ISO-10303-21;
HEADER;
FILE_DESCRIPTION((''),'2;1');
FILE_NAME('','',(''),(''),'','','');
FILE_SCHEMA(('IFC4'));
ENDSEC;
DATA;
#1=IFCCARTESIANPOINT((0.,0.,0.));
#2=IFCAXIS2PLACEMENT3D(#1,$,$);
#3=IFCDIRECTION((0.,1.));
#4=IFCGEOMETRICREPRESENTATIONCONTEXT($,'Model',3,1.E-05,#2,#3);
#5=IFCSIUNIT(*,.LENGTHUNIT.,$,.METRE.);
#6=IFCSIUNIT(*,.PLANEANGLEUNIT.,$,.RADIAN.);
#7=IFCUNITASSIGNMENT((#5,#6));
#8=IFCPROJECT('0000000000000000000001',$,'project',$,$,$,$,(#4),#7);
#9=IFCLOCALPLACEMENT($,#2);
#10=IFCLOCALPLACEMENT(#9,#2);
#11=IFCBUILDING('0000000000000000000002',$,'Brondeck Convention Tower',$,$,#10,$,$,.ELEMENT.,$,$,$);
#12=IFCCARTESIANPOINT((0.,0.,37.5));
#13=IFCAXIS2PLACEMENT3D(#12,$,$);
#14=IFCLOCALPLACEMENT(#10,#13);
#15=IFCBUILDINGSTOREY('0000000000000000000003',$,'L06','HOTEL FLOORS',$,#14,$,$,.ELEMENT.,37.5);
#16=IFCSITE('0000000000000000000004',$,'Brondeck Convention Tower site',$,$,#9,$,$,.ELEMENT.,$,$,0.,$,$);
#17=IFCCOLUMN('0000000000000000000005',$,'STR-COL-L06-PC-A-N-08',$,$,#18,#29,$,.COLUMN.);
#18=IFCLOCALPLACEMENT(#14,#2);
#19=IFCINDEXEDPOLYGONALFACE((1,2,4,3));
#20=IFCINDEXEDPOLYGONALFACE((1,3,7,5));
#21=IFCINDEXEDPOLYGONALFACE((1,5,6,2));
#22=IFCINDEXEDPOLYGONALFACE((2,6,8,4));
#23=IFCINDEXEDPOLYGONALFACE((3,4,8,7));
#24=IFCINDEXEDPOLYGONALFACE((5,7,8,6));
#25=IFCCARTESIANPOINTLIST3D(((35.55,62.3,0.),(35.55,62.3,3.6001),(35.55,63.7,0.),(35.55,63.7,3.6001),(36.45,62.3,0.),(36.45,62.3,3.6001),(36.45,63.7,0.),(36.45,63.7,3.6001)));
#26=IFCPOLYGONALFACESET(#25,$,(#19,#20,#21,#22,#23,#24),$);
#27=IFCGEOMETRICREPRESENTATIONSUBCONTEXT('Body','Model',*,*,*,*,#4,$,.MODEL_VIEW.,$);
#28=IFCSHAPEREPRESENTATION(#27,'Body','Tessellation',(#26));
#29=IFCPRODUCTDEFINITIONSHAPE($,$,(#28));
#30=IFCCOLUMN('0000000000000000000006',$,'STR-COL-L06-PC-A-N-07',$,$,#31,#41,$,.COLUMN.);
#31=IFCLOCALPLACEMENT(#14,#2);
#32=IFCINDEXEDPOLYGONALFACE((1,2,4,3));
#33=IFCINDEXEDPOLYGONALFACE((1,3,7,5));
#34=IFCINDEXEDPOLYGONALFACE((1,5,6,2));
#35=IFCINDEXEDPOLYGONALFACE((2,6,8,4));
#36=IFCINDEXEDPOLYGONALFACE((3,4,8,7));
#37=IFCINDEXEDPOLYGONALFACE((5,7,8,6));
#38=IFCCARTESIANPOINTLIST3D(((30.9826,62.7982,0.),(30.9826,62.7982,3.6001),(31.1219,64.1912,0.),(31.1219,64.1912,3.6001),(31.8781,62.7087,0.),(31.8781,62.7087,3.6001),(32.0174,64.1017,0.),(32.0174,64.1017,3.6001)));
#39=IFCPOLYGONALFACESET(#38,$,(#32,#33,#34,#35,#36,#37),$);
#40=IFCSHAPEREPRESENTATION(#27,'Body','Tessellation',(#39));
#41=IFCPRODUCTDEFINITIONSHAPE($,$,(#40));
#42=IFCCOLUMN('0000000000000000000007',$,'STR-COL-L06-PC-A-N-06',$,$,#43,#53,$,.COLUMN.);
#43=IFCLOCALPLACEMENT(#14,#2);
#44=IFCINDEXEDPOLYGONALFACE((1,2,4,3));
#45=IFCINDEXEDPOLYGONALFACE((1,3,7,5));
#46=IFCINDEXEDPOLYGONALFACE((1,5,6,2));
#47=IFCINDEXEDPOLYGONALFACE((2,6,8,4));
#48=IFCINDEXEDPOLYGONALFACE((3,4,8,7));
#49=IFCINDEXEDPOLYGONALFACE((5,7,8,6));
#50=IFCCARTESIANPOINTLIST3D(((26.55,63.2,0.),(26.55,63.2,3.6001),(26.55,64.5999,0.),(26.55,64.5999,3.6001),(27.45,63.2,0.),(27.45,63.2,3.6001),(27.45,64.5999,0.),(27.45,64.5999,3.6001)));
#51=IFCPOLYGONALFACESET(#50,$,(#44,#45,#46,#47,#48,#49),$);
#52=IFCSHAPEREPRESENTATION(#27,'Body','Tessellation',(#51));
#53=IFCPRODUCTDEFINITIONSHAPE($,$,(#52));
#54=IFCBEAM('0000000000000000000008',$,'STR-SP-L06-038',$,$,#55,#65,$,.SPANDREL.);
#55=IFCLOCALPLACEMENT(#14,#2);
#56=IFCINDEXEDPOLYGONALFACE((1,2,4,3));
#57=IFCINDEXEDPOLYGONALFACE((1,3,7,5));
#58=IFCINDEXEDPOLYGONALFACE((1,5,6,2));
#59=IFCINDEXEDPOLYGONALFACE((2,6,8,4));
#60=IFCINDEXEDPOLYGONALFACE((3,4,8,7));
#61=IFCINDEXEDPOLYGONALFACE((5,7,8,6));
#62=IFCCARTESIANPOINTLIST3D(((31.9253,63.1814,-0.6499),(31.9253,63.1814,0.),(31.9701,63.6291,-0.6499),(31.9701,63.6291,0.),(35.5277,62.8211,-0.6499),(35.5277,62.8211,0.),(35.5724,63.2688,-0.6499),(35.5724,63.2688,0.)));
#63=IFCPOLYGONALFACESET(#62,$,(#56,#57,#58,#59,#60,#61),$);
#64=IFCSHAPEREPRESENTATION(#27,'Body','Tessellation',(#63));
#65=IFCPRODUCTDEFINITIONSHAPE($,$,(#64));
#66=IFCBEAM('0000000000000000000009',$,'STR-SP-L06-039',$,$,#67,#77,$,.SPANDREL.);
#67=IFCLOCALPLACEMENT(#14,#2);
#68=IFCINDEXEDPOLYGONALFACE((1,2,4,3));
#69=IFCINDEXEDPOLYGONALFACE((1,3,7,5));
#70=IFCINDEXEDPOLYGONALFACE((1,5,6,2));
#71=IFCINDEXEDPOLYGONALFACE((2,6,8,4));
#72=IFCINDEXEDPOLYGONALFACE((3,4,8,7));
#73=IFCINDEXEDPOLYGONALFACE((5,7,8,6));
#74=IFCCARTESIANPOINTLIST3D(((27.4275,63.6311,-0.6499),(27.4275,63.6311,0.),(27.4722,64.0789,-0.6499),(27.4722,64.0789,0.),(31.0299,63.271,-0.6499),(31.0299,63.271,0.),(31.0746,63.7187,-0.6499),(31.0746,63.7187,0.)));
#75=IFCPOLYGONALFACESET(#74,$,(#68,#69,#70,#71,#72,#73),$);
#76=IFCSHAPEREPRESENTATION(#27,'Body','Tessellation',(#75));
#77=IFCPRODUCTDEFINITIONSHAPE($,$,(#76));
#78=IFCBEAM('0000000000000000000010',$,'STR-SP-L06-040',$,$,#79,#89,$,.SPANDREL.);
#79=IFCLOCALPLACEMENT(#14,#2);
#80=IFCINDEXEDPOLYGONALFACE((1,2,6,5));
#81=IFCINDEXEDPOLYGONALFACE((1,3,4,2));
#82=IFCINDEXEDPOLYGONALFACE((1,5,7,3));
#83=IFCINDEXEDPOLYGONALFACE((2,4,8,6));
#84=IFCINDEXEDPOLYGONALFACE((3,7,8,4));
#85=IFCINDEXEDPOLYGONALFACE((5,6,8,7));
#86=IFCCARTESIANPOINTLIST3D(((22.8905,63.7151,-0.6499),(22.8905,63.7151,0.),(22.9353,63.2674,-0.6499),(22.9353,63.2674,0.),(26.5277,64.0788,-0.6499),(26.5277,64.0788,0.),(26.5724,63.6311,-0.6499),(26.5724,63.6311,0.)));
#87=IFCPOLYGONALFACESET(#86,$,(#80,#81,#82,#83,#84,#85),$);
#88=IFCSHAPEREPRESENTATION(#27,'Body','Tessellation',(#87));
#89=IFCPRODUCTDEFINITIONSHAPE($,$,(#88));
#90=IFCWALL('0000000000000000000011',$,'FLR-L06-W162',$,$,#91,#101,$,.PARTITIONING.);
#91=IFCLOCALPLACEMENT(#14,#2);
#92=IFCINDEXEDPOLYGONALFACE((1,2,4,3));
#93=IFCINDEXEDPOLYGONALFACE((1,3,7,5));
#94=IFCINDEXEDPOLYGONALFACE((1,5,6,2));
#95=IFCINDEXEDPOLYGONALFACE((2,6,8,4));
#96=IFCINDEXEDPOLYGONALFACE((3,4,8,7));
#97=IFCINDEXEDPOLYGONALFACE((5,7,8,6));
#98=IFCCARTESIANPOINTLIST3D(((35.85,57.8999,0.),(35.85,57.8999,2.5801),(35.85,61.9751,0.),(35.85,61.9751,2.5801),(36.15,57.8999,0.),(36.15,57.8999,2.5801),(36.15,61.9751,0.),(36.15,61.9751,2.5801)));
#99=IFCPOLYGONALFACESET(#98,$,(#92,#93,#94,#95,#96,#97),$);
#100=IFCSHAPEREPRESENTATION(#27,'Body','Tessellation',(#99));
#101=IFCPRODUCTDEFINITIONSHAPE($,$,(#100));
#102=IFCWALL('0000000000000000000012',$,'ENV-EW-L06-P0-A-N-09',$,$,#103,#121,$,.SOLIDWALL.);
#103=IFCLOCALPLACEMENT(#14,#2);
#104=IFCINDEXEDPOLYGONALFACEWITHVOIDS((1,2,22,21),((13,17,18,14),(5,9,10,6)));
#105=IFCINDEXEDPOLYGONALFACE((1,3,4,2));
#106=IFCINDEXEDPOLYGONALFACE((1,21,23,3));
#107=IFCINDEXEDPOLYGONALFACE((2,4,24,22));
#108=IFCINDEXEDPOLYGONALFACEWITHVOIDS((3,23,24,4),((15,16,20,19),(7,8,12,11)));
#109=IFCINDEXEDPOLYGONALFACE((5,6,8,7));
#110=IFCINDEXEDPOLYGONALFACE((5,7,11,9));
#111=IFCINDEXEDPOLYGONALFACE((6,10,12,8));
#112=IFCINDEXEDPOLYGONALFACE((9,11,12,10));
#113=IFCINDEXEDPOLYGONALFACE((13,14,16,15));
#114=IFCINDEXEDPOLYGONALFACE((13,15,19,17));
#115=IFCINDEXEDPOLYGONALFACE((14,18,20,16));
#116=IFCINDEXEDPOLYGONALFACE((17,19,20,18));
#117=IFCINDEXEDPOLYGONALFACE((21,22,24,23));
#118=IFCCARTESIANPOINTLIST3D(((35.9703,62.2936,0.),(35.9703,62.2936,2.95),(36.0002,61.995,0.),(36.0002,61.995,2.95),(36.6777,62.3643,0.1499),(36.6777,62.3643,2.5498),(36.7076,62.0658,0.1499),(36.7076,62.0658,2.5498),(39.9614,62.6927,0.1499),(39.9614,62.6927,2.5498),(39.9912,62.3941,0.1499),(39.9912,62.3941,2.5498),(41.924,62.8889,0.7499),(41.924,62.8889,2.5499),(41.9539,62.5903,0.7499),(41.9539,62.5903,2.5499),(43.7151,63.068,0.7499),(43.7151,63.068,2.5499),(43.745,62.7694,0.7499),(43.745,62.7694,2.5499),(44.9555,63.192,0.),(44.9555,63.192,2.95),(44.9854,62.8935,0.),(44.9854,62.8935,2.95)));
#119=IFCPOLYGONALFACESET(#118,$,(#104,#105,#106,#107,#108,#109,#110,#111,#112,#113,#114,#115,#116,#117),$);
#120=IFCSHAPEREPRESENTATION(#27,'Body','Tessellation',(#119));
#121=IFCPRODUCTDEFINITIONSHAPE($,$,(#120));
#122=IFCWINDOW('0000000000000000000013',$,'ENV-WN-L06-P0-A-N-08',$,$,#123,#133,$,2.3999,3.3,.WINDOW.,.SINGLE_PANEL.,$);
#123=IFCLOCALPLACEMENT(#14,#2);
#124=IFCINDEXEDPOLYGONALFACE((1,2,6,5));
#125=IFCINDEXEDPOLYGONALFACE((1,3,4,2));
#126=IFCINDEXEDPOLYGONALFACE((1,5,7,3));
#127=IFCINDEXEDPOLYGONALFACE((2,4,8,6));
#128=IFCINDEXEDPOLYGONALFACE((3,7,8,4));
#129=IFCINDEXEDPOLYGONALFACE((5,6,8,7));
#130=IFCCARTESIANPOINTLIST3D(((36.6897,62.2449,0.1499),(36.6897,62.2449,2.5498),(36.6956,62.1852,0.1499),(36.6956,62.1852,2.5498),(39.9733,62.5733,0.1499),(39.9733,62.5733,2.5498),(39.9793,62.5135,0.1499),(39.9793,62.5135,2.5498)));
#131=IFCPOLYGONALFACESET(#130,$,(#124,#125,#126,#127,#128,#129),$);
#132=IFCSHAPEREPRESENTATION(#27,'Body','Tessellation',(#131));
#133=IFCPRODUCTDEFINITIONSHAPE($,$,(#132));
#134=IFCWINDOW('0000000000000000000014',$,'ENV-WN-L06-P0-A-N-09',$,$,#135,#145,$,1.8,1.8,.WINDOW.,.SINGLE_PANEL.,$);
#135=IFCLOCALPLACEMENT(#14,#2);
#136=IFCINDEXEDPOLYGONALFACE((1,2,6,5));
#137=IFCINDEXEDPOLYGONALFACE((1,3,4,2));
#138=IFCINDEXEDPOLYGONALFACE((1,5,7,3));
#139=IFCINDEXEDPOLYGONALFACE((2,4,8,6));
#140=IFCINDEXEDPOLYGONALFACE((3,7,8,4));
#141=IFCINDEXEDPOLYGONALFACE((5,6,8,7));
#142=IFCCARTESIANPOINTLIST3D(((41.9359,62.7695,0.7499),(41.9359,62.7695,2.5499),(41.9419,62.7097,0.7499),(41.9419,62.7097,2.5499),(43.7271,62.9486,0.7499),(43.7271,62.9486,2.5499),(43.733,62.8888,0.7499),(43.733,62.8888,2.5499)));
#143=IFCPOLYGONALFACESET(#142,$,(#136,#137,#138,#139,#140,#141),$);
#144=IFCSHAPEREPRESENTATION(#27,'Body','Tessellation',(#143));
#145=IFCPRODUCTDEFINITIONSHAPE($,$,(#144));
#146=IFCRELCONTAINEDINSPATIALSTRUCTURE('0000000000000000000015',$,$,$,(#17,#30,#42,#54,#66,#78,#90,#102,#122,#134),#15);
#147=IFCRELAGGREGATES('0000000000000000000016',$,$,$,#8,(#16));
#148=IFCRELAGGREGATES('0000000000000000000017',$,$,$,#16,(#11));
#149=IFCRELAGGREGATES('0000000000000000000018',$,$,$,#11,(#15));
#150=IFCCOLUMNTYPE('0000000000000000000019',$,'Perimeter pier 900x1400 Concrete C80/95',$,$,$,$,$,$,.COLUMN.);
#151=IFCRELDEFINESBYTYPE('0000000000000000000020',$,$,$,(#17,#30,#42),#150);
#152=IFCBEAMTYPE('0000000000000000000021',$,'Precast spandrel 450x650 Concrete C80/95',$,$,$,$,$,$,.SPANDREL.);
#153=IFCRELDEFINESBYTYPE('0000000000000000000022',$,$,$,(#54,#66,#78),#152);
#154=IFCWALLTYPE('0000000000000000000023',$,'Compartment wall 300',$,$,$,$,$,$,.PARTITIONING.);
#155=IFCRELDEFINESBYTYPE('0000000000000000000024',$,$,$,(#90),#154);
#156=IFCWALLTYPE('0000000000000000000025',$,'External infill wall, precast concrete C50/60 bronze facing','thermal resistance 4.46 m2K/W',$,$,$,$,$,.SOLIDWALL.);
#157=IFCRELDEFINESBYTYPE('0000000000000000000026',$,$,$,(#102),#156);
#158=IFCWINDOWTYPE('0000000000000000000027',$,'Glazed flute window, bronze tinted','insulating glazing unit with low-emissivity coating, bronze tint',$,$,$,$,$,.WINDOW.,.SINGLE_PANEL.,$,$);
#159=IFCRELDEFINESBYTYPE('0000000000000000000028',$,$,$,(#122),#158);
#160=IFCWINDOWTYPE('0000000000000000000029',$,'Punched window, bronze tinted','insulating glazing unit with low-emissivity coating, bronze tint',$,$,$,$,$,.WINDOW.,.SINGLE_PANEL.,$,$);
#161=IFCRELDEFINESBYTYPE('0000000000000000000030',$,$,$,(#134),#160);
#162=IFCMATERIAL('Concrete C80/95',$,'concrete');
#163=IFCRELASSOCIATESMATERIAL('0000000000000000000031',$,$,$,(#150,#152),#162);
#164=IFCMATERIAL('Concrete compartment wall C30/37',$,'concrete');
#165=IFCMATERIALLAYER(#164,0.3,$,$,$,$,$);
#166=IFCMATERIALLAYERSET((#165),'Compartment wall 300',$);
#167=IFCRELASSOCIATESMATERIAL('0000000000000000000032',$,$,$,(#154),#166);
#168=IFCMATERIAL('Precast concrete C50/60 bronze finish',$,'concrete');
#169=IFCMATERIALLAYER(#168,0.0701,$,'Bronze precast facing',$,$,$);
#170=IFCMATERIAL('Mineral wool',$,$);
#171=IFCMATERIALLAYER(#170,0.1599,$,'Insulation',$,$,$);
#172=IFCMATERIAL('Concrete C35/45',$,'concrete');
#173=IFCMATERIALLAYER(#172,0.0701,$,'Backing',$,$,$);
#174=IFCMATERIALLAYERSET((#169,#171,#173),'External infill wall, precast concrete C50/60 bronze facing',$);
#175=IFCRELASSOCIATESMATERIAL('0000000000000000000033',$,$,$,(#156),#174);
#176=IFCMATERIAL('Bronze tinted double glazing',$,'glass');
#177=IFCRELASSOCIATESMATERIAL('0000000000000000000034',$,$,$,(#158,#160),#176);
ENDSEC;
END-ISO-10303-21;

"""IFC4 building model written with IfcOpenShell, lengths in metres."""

from ifc_helpers import new_model, si_unit, direction, frame, frame_2d, origin, origin_2d, place, context, subcontext, project, spatial, rectangle, extrude, material, layer, layer_set, material_profile, profile_set, type_object, element, fill, save


model = new_model("IFC4")

# Units and contexts
model_context = context("Model", 3, precision=1e-05, world=origin(), true_north=direction((0.0, 1.0)))
body_context = subcontext(model_context, "Body", "Model", "MODEL_VIEW")
ifc_project = project(units=[si_unit("LENGTHUNIT", "METRE"), si_unit("PLANEANGLEUNIT", "RADIAN")], contexts=[model_context])

# Site, building, storey
site_placement = place(None, origin())
site = spatial("IfcSite", under=ifc_project, at=site_placement, Name="Brondeck Convention Tower site", CompositionType="ELEMENT", RefElevation=0.0)
building_placement = place(site_placement, origin())
building = spatial("IfcBuilding", under=site, at=building_placement, Name="Brondeck Convention Tower", CompositionType="ELEMENT")
storey_placement = place(building_placement, frame((0.0, 0.0, 37.5)))
storey = spatial("IfcBuildingStorey", under=building, at=storey_placement, Name="L06", Description="HOTEL FLOORS", CompositionType="ELEMENT", Elevation=37.5)

# Columns
ifc_material_1 = material(Name="Concrete C80/95", Category="concrete")
ifc_material_profile_1 = material_profile(ifc_material_1, rectangle(XDim=0.8999, YDim=1.3999, at=origin_2d()), Name="Perimeter pier 900x1400 Concrete C80/95")
ifc_profile_set_1 = profile_set([ifc_material_profile_1], Name="Concrete C80/95")
column_type = type_object("IfcColumnType", Name="Perimeter pier 900x1400 Concrete C80/95", PredefinedType="COLUMN", material=ifc_profile_set_1)
for number, where, z_axis, x_axis, name in (
    (1, (36.0, 63.0, 0.0), (0.0, 0.0, 1.0), (-1.0, 0.0, 0.0), "STR-COL-L06-PC-A-N-08"),
    (2, (31.5, 63.45, 0.0), (0.0, 0.0, 1.0), (-0.995037, 0.099504, 0.0), "STR-COL-L06-PC-A-N-07"),
    (3, (27.0, 63.8999, 0.0), (0.0, 0.0, 1.0), (-1.0, 0.0, 0.0), "STR-COL-L06-PC-A-N-06"),
):
    element("IfcColumn", number, at=place(storey_placement, frame(where, z_axis=z_axis, x_axis=x_axis)), inside=storey, type_object=column_type, Name=name, PredefinedType="COLUMN", context=body_context, shape_type="SweptSolid", body=[
        extrude(rectangle(XDim=0.8999, YDim=1.3999, at=origin_2d()), origin(), (0.0, 0.0, 1.0), 3.6001),
    ])

# Beams
ifc_material_profile_2 = material_profile(ifc_material_1, rectangle(XDim=0.45, YDim=0.6499, at=origin_2d()), Name="Precast spandrel 450x650 Concrete C80/95")
ifc_profile_set_2 = profile_set([ifc_material_profile_2], Name="Concrete C80/95")
beam_type = type_object("IfcBeamType", Name="Precast spandrel 450x650 Concrete C80/95", PredefinedType="SPANDREL", material=ifc_profile_set_2)
for number, where, z_axis, x_axis, name in (
    (4, (35.55, 63.0449, -0.325), (-0.995034, 0.099537, 0.0), (-0.099537, -0.995034, 0.0), "STR-SP-L06-038"),
    (5, (31.0522, 63.4949, -0.325), (-0.995041, 0.09947, 0.0), (-0.09947, -0.995041, 0.0), "STR-SP-L06-039"),
):
    element("IfcBeam", number, at=place(storey_placement, frame(where, z_axis=z_axis, x_axis=x_axis)), inside=storey, type_object=beam_type, Name=name, PredefinedType="SPANDREL", context=body_context, shape_type="SweptSolid", body=[
        extrude(rectangle(XDim=0.45, YDim=0.6499, at=origin_2d()), origin(), (0.0, 0.0, 1.0), 3.6204),
    ])
beam_placement = place(storey_placement, frame((26.55, 63.855, -0.325), z_axis=(-0.995036, -0.099517, 0.0), x_axis=(0.099517, -0.995036, 0.0)))
element("IfcBeam", 6, at=beam_placement, inside=storey, type_object=beam_type, Name="STR-SP-L06-040", PredefinedType="SPANDREL", context=body_context, shape_type="SweptSolid", body=[
    extrude(rectangle(XDim=0.45, YDim=0.6499, at=origin_2d()), origin(), (0.0, 0.0, 1.0), 3.6553),
])

# Wall
ifc_material_2 = material(Name="Concrete compartment wall C30/37", Category="concrete")
ifc_layer_1 = layer(ifc_material_2, 0.3)
ifc_layer_set_1 = layer_set([ifc_layer_1], Name="Compartment wall 300")
wall_type_1 = type_object("IfcWallType", Name="Compartment wall 300", PredefinedType="PARTITIONING", material=ifc_layer_set_1)
wall_1_placement = place(storey_placement, frame((36.0, 61.9751, 0.0), z_axis=(0.0, 0.0, 1.0), x_axis=(0.0, -1.0, 0.0)))
element("IfcWall", 7, at=wall_1_placement, inside=storey, type_object=wall_type_1, Name="FLR-L06-W162", PredefinedType="PARTITIONING", context=body_context, shape_type="SweptSolid", body=[
    extrude(rectangle(XDim=4.0752, YDim=0.3, at=frame_2d((2.0376, 0.0))), origin(), (0.0, 0.0, 1.0), 2.5801),
])

# Wall, openings, windows
ifc_material_3 = material(Name="Precast concrete C50/60 bronze finish", Category="concrete")
ifc_layer_2 = layer(ifc_material_3, 0.0701, Name="Bronze precast facing")
ifc_material_4 = material(Name="Mineral wool")
ifc_layer_3 = layer(ifc_material_4, 0.1599, Name="Insulation")
ifc_material_5 = material(Name="Concrete C35/45", Category="concrete")
ifc_layer_4 = layer(ifc_material_5, 0.0701, Name="Backing")
ifc_layer_set_2 = layer_set([ifc_layer_2, ifc_layer_3, ifc_layer_4], Name="External infill wall, precast concrete C50/60 bronze facing")
wall_type_2 = type_object("IfcWallType", Name="External infill wall, precast concrete C50/60 bronze facing", Description="thermal resistance 4.46 m2K/W", PredefinedType="SOLIDWALL", material=ifc_layer_set_2)
wall_2_placement = place(storey_placement, frame((35.9851, 62.1443, 0.0), z_axis=(0.0, 0.0, 1.0), x_axis=(0.995038, 0.099496, 0.0)))
wall_2 = element("IfcWall", 8, at=wall_2_placement, inside=storey, type_object=wall_type_2, Name="ENV-EW-L06-P0-A-N-09", PredefinedType="SOLIDWALL", context=body_context, shape_type="SweptSolid", body=[
    extrude(rectangle(XDim=9.03, YDim=0.3, at=frame_2d((4.5151, 0.0))), origin(), (0.0, 0.0, 1.0), 2.95),
])
opening_1_placement = place(wall_2_placement, frame((0.7112, 0.0, 0.1499)))
opening_1 = element("IfcOpeningElement", 9, at=opening_1_placement, cuts=wall_2, PredefinedType="OPENING", context=body_context, shape_type="SweptSolid", body=[
    extrude(rectangle(XDim=3.3, YDim=2.3999, at=frame_2d((1.6499, 1.2))), frame((0.0, 0.1599, 0.0), z_axis=(0.0, -1.0, 0.0), x_axis=(1.0, 0.0, 0.0)), (0.0, 0.0, 1.0), 0.3201),
])
opening_2_placement = place(wall_2_placement, frame((5.9836, 0.0, 0.75)))
opening_2 = element("IfcOpeningElement", 10, at=opening_2_placement, cuts=wall_2, PredefinedType="OPENING", context=body_context, shape_type="SweptSolid", body=[
    extrude(rectangle(XDim=1.8, YDim=1.8, at=frame_2d((0.8999, 0.8999))), frame((0.0, 0.1599, 0.0), z_axis=(0.0, -1.0, 0.0), x_axis=(1.0, 0.0, 0.0)), (0.0, 0.0, 1.0), 0.3201),
])
ifc_material_6 = material(Name="Bronze tinted double glazing", Category="glass")
window_type_1 = type_object("IfcWindowType", Name="Glazed flute window, bronze tinted", Description="insulating glazing unit with low-emissivity coating, bronze tint", PartitioningType="SINGLE_PANEL", PredefinedType="WINDOW", material=ifc_material_6)
window_1_placement = place(opening_1_placement, origin())
window_1 = element("IfcWindow", 11, at=window_1_placement, inside=storey, type_object=window_type_1, Name="ENV-WN-L06-P0-A-N-08", OverallHeight=2.3999, OverallWidth=3.3, PartitioningType="SINGLE_PANEL", PredefinedType="WINDOW", context=body_context, shape_type="SweptSolid", body=[
    extrude(rectangle(XDim=3.3, YDim=2.3999, at=frame_2d((1.6499, 1.2))), frame((0.0, 0.03, 0.0), z_axis=(0.0, -1.0, 0.0), x_axis=(1.0, 0.0, 0.0)), (0.0, 0.0, 1.0), 0.0601),
])
fill(opening_1, window_1)
window_type_2 = type_object("IfcWindowType", Name="Punched window, bronze tinted", Description="insulating glazing unit with low-emissivity coating, bronze tint", PartitioningType="SINGLE_PANEL", PredefinedType="WINDOW", material=ifc_material_6)
window_2_placement = place(opening_2_placement, origin())
window_2 = element("IfcWindow", 12, at=window_2_placement, inside=storey, type_object=window_type_2, Name="ENV-WN-L06-P0-A-N-09", OverallHeight=1.8, OverallWidth=1.8, PartitioningType="SINGLE_PANEL", PredefinedType="WINDOW", context=body_context, shape_type="SweptSolid", body=[
    extrude(rectangle(XDim=1.8, YDim=1.8, at=frame_2d((0.8999, 0.8999))), frame((0.0, 0.03, 0.0), z_axis=(0.0, -1.0, 0.0), x_axis=(1.0, 0.0, 0.0)), (0.0, 0.0, 1.0), 0.0601),
])
fill(opening_2, window_2)

save(model, "model.ifc")
